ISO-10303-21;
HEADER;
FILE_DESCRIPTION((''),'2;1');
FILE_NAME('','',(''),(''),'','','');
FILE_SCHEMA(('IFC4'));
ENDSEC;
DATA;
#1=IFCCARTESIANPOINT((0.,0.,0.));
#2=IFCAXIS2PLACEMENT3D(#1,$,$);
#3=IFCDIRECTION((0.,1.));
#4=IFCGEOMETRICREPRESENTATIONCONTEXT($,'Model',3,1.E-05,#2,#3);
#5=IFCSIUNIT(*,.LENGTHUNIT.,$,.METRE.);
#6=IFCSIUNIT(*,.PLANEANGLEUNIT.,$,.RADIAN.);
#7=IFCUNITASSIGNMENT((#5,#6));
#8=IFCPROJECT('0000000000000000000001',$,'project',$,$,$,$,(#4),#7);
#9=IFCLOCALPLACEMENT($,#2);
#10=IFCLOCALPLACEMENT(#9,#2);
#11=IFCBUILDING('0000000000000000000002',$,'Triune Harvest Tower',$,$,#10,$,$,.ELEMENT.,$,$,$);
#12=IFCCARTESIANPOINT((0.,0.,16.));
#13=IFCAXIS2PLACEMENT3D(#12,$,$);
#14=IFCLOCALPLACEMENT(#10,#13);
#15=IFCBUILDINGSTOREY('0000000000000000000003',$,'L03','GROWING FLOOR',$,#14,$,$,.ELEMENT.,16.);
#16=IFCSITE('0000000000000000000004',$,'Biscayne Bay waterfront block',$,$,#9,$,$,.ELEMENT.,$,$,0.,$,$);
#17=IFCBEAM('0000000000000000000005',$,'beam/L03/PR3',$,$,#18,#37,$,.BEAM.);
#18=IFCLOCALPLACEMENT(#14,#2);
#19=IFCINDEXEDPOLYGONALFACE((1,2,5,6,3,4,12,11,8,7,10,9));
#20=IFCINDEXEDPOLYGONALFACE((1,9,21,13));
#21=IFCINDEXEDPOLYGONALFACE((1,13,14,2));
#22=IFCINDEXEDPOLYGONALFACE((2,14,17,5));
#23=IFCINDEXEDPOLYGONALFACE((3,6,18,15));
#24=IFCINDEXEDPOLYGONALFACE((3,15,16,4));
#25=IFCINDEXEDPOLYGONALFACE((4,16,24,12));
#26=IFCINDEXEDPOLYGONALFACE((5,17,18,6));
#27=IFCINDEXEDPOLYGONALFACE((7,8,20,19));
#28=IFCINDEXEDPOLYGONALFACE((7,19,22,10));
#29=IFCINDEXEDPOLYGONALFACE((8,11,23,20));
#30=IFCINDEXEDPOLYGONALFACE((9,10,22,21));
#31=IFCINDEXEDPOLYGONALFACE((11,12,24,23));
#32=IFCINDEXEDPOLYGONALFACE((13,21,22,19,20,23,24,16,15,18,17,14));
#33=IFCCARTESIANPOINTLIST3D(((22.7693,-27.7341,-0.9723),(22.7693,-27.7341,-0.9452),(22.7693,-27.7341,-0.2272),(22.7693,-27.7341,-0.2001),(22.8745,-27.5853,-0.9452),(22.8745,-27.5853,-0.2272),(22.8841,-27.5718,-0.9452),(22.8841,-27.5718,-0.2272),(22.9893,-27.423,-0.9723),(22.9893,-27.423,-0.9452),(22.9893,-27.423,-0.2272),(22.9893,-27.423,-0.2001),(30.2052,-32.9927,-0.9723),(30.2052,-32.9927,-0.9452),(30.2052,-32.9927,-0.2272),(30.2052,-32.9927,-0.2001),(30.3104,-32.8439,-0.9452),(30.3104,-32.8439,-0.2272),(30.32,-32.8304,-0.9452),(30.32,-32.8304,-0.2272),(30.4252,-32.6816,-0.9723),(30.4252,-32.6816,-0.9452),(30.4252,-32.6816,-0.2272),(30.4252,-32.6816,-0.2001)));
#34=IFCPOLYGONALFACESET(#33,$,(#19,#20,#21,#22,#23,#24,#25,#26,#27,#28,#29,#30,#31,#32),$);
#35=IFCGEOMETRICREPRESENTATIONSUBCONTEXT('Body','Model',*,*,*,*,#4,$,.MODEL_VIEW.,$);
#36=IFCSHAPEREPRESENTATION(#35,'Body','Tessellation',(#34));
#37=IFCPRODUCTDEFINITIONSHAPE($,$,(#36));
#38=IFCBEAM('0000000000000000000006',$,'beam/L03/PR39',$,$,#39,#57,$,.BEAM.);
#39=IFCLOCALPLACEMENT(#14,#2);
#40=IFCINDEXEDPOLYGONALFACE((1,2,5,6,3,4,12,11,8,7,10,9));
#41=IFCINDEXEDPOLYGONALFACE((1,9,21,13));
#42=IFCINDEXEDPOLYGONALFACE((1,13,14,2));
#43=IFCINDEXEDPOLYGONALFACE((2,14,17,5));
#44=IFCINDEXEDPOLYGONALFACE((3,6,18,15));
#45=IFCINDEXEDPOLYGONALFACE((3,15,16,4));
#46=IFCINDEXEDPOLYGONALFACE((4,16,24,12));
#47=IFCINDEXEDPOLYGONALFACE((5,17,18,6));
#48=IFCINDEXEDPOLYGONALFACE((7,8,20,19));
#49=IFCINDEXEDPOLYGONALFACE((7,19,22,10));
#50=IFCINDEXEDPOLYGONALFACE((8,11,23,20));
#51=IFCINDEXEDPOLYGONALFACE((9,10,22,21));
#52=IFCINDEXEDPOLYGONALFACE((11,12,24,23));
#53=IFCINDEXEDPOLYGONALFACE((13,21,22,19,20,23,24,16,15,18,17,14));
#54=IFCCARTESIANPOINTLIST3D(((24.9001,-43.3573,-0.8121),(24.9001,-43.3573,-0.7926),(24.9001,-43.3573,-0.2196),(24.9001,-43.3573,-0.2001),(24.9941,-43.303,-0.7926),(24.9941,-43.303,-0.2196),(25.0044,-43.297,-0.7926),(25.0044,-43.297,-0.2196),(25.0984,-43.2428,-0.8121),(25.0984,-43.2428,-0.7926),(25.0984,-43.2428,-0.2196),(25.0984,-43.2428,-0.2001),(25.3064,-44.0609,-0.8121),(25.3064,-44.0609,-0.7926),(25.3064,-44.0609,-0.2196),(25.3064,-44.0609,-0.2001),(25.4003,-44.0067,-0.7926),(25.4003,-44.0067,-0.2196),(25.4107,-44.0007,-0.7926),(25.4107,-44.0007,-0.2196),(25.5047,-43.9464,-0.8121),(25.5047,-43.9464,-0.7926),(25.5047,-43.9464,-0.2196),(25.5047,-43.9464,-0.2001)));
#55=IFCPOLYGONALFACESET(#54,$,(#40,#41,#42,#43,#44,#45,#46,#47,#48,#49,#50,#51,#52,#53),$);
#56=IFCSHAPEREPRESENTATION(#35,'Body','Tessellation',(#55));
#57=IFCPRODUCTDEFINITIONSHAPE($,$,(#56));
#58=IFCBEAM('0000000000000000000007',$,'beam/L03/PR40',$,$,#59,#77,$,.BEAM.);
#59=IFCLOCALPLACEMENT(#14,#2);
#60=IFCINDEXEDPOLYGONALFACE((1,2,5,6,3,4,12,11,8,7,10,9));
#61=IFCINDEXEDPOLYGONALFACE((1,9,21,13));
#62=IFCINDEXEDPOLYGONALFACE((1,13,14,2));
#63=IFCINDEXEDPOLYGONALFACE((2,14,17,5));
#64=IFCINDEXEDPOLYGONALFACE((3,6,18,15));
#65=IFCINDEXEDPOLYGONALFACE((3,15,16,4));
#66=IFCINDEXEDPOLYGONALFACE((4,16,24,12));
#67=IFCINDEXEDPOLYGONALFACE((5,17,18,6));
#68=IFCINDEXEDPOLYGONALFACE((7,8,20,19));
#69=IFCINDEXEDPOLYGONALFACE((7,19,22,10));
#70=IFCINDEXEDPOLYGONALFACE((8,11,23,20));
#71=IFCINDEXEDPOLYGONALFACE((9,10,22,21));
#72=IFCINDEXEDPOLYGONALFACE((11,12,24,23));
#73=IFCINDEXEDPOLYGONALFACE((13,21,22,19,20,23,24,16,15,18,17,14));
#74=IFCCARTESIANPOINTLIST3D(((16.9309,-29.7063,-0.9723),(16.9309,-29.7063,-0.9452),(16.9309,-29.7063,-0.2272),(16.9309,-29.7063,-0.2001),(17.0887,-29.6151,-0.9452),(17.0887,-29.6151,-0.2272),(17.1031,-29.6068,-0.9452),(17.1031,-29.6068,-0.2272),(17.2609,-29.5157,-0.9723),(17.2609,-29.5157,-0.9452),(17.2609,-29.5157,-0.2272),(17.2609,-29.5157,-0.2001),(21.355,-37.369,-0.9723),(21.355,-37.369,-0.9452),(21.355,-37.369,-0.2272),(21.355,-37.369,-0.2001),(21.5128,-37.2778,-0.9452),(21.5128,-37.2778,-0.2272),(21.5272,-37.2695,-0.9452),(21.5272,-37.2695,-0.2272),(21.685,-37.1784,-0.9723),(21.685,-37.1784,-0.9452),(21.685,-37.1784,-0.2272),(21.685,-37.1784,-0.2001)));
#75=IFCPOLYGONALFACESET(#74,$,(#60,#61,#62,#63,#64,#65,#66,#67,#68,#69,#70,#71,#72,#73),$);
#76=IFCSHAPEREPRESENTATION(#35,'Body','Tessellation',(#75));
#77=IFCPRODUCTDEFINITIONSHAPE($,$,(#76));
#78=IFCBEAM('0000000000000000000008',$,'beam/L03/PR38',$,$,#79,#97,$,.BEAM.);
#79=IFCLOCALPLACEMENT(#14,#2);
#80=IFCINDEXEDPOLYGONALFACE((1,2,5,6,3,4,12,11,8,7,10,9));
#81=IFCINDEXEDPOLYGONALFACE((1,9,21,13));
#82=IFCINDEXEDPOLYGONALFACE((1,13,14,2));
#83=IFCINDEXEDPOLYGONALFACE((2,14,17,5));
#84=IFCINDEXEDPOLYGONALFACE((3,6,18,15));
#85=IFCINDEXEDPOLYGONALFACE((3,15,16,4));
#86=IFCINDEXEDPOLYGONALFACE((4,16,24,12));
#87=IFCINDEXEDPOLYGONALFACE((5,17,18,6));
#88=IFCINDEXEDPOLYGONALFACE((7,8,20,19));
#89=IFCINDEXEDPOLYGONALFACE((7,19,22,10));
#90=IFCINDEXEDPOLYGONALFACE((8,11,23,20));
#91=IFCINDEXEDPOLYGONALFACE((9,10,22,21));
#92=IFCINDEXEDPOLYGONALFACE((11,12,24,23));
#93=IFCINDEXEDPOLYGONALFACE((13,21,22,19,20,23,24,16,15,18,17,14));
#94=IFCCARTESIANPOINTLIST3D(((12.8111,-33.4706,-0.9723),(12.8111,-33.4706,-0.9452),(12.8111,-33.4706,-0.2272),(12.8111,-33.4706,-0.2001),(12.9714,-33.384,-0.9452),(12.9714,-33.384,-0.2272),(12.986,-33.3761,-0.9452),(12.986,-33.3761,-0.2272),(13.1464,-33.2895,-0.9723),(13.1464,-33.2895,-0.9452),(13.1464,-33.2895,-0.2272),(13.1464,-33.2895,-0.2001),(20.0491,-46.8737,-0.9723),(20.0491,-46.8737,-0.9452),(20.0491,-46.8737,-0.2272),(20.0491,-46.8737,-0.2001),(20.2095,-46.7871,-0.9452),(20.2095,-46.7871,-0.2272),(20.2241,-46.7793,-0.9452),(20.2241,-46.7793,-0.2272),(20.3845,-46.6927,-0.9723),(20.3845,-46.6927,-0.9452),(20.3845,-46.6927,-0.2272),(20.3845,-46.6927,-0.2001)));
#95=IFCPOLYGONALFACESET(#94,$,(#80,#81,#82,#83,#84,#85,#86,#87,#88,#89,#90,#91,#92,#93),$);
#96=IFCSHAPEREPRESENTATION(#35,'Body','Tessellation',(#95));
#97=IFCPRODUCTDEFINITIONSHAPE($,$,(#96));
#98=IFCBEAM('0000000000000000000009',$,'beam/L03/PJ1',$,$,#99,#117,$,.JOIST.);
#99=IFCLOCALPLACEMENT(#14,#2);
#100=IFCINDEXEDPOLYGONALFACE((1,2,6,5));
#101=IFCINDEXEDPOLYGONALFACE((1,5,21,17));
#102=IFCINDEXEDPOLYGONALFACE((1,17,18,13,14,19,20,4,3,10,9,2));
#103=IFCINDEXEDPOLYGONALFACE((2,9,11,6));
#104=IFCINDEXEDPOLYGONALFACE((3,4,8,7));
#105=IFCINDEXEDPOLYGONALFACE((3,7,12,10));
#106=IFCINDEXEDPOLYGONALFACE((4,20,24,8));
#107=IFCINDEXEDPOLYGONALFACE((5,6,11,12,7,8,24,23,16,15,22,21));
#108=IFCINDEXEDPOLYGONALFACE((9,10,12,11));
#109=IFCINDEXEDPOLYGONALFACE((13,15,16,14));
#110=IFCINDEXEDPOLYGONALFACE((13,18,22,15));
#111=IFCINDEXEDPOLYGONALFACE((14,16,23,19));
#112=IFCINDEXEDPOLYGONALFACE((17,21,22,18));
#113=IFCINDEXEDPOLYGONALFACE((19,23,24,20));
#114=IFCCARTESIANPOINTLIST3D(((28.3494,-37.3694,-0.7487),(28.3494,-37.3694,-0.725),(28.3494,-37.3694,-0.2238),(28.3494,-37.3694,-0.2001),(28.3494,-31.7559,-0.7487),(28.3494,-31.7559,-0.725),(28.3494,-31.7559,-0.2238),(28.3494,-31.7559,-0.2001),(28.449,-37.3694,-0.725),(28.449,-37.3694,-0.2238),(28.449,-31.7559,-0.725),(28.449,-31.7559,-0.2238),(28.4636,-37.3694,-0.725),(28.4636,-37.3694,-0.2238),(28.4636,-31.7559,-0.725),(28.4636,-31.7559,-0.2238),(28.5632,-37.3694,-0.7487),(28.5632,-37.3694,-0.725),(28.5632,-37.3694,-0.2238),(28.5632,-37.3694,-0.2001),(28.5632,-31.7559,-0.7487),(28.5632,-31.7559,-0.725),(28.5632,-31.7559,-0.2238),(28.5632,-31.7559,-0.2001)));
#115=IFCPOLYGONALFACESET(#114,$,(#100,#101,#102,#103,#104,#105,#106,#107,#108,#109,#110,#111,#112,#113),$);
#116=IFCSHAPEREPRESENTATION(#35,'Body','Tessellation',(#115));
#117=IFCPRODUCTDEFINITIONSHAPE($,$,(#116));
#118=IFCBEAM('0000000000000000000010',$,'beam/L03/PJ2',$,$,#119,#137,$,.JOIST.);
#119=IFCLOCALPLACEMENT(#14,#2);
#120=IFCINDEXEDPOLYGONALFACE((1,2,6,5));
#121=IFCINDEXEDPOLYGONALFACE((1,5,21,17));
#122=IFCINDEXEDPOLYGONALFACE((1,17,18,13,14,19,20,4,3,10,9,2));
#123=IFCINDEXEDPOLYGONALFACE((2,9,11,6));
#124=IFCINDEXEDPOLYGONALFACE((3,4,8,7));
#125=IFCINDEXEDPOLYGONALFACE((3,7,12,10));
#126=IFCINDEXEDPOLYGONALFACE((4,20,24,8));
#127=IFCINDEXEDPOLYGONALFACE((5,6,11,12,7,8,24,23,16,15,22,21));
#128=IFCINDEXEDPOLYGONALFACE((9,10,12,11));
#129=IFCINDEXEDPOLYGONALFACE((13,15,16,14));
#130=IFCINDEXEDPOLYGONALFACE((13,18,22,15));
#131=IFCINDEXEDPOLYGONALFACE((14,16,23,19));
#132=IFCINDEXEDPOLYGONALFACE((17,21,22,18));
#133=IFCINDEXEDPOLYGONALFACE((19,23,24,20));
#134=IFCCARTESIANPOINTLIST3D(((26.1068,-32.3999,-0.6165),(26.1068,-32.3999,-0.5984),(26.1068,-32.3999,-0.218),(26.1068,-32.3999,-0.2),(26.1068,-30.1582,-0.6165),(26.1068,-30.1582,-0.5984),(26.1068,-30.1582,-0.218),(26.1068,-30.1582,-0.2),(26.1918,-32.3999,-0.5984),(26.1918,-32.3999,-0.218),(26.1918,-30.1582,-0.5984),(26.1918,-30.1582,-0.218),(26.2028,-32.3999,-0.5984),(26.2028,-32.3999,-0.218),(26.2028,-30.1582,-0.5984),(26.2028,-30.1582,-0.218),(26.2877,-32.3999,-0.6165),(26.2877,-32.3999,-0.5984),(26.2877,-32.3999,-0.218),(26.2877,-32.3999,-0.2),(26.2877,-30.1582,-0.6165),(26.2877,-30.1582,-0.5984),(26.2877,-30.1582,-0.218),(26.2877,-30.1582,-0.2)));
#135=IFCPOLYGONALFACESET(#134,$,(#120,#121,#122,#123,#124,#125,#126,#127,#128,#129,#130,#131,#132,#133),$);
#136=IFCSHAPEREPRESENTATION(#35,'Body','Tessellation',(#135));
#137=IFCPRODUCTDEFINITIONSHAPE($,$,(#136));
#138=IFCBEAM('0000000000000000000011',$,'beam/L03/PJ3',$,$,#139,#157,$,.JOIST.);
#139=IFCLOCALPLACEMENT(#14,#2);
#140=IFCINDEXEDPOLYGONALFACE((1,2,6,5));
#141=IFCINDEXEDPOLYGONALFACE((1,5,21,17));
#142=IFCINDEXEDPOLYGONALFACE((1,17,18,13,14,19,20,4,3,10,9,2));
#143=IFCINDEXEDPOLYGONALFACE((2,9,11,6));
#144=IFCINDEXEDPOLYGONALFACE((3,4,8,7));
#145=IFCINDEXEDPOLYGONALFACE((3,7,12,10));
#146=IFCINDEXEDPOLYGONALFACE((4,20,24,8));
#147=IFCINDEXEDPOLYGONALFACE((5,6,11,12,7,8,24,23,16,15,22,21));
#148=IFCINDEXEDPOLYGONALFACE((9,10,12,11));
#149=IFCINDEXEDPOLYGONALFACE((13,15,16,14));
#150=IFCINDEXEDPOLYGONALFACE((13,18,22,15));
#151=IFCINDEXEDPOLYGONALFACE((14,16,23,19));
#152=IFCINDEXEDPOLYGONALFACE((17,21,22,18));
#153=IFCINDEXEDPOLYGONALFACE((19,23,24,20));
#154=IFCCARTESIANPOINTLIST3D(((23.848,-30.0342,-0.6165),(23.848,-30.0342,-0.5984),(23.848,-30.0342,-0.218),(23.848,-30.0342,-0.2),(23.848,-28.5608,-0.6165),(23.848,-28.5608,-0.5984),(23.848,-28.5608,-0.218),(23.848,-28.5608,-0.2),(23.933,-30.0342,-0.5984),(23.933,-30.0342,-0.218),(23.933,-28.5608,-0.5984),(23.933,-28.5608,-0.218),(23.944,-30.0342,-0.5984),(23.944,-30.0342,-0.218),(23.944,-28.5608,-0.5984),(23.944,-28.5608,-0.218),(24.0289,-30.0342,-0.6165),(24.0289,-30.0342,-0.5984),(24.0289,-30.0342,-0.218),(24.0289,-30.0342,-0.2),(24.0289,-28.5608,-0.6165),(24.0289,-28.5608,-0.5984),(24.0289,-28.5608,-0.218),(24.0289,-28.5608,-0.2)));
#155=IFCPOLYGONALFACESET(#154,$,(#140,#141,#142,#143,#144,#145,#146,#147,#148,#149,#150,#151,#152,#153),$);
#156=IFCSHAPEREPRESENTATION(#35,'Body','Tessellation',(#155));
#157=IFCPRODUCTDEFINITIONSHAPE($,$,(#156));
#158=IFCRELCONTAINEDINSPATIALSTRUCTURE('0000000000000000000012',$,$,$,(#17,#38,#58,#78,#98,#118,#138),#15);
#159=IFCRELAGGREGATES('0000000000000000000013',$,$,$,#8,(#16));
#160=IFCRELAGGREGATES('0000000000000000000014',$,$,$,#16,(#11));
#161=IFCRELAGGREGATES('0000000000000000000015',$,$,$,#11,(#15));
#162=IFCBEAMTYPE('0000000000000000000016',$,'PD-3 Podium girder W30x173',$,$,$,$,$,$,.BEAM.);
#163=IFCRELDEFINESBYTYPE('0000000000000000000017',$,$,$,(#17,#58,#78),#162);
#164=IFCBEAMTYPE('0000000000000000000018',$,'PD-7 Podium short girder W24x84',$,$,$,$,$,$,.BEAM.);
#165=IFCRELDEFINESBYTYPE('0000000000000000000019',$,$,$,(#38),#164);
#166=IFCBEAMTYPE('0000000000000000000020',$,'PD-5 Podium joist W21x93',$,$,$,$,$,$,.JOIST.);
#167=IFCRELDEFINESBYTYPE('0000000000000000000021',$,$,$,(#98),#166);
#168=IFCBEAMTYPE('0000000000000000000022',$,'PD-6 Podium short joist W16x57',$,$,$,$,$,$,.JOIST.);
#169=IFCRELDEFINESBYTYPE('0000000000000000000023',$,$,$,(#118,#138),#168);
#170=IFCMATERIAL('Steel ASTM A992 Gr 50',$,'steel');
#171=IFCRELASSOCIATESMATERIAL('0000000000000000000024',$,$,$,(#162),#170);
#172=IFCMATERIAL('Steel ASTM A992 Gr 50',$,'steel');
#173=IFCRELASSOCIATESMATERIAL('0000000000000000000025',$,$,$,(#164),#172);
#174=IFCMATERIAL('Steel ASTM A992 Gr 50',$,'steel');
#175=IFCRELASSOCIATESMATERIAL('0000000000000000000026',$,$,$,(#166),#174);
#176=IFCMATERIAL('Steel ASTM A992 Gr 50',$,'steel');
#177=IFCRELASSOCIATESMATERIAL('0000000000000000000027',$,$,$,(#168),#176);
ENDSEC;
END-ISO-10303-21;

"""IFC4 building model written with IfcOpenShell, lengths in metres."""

from ifc_helpers import new_model, si_unit, direction, frame, origin, origin_2d, place, context, subcontext, project, spatial, i_section, extrude, source, transform, mapped, material, material_profile, profile_set, type_object, element, save


model = new_model("IFC4")

# Units and contexts
model_context = context("Model", 3, precision=1e-05, world=origin(), true_north=direction((0.0, 1.0)))
body_context = subcontext(model_context, "Body", "Model", "MODEL_VIEW")
ifc_project = project(units=[si_unit("LENGTHUNIT", "METRE"), si_unit("PLANEANGLEUNIT", "RADIAN")], contexts=[model_context])

# Site, building, storey
site_placement = place(None, origin())
site = spatial("IfcSite", under=ifc_project, at=site_placement, Name="Biscayne Bay waterfront block", CompositionType="ELEMENT", RefElevation=0.0)
building_placement = place(site_placement, origin())
building = spatial("IfcBuilding", under=site, at=building_placement, Name="Triune Harvest Tower", CompositionType="ELEMENT")
storey_placement = place(building_placement, frame((0.0, 0.0, 16.0)))
storey = spatial("IfcBuildingStorey", under=building, at=storey_placement, Name="L03", Description="GROWING FLOOR", CompositionType="ELEMENT", Elevation=16.0)

# Beams
ifc_material_1 = material(Name="Steel ASTM A992 Gr 50", Category="steel")
ifc_material_profile_1 = material_profile(ifc_material_1, i_section(OverallWidth=0.3811, OverallDepth=0.7722, WebThickness=0.0166, FlangeThickness=0.0271, at=origin_2d()), Name="W30x173")
ifc_profile_set_1 = profile_set([ifc_material_profile_1], Name="Steel ASTM A992 Gr 50")
beam_type_1 = type_object("IfcBeamType", Name="PD-3 Podium girder W30x173", PredefinedType="BEAM", material=ifc_profile_set_1)
shared_shape_1 = source(origin(), body_context, "Body", "SweptSolid", [
    extrude(i_section(OverallWidth=0.3811, OverallDepth=0.7722, WebThickness=0.0166, FlangeThickness=0.0271, at=origin_2d()), origin(), (0.0, 0.0, 1.0), 9.1074),
])
beam_1_placement = place(storey_placement, frame((30.3152, -32.8372, -0.5862), z_axis=(-0.816463, 0.577398, 0.0), x_axis=(-0.577398, -0.816463, 0.0)))
element("IfcBeam", 1, at=beam_1_placement, inside=storey, type_object=beam_type_1, Name="beam/L03/PR3", PredefinedType="BEAM", context=body_context, shape_type="MappedRepresentation", body=[
    mapped(shared_shape_1, transform((0.0, 0.0, 0.0), scale=1.0)),
])
ifc_material_2 = material(Name="Steel ASTM A992 Gr 50", Category="steel")
ifc_material_profile_2 = material_profile(ifc_material_2, i_section(OverallWidth=0.229, OverallDepth=0.6121, WebThickness=0.012, FlangeThickness=0.0195, at=origin_2d()), Name="W24x84")
ifc_profile_set_2 = profile_set([ifc_material_profile_2], Name="Steel ASTM A992 Gr 50")
beam_type_2 = type_object("IfcBeamType", Name="PD-7 Podium short girder W24x84", PredefinedType="BEAM", material=ifc_profile_set_2)
shared_shape_2 = source(origin(), body_context, "Body", "SweptSolid", [
    extrude(i_section(OverallWidth=0.229, OverallDepth=0.6121, WebThickness=0.012, FlangeThickness=0.0195, at=origin_2d()), origin(), (0.0, 0.0, 1.0), 0.8125),
])
beam_2_placement = place(storey_placement, frame((25.4055, -44.0037, -0.5061), z_axis=(-0.500017, 0.866015, 0.0), x_axis=(-0.866015, -0.500017, 0.0)))
element("IfcBeam", 2, at=beam_2_placement, inside=storey, type_object=beam_type_2, Name="beam/L03/PR39", PredefinedType="BEAM", context=body_context, shape_type="MappedRepresentation", body=[
    mapped(shared_shape_2, transform((0.0, 0.0, 0.0), scale=1.0)),
])
shared_shape_3 = source(origin(), body_context, "Body", "SweptSolid", [
    extrude(i_section(OverallWidth=0.3811, OverallDepth=0.7722, WebThickness=0.0166, FlangeThickness=0.0271, at=origin_2d()), origin(), (0.0, 0.0, 1.0), 8.8481),
])
beam_3_placement = place(storey_placement, frame((21.52, -37.2737, -0.5862), z_axis=(-0.500006, 0.866022, 0.0), x_axis=(-0.866022, -0.500006, 0.0)))
element("IfcBeam", 3, at=beam_3_placement, inside=storey, type_object=beam_type_1, Name="beam/L03/PR40", PredefinedType="BEAM", context=body_context, shape_type="MappedRepresentation", body=[
    mapped(shared_shape_3, transform((0.0, 0.0, 0.0), scale=1.0)),
])
shared_shape_4 = source(origin(), body_context, "Body", "SweptSolid", [
    extrude(i_section(OverallWidth=0.3811, OverallDepth=0.7722, WebThickness=0.0166, FlangeThickness=0.0271, at=origin_2d()), origin(), (0.0, 0.0, 1.0), 15.2327),
])
beam_4_placement = place(storey_placement, frame((20.2168, -46.7832, -0.5862), z_axis=(-0.475168, 0.879895, 0.0), x_axis=(-0.879895, -0.475168, 0.0)))
element("IfcBeam", 4, at=beam_4_placement, inside=storey, type_object=beam_type_1, Name="beam/L03/PR38", PredefinedType="BEAM", context=body_context, shape_type="MappedRepresentation", body=[
    mapped(shared_shape_4, transform((0.0, 0.0, 0.0), scale=1.0)),
])
ifc_material_3 = material(Name="Steel ASTM A992 Gr 50", Category="steel")
ifc_material_profile_3 = material_profile(ifc_material_3, i_section(OverallWidth=0.2139, OverallDepth=0.5486, WebThickness=0.0146, FlangeThickness=0.0237, at=origin_2d()), Name="W21x93")
ifc_profile_set_3 = profile_set([ifc_material_profile_3], Name="Steel ASTM A992 Gr 50")
beam_type_3 = type_object("IfcBeamType", Name="PD-5 Podium joist W21x93", PredefinedType="JOIST", material=ifc_profile_set_3)
shared_shape_5 = source(origin(), body_context, "Body", "SweptSolid", [
    extrude(i_section(OverallWidth=0.2139, OverallDepth=0.5486, WebThickness=0.0146, FlangeThickness=0.0237, at=origin_2d()), origin(), (0.0, 0.0, 1.0), 5.6135),
])
beam_5_placement = place(storey_placement, frame((28.4563, -37.3694, -0.4744), z_axis=(0.0, 1.0, 0.0), x_axis=(-1.0, 0.0, 0.0)))
element("IfcBeam", 5, at=beam_5_placement, inside=storey, type_object=beam_type_3, Name="beam/L03/PJ1", PredefinedType="JOIST", context=body_context, shape_type="MappedRepresentation", body=[
    mapped(shared_shape_5, transform((0.0, 0.0, 0.0), scale=1.0)),
])
ifc_material_4 = material(Name="Steel ASTM A992 Gr 50", Category="steel")
ifc_material_profile_4 = material_profile(ifc_material_4, i_section(OverallWidth=0.1809, OverallDepth=0.4165, WebThickness=0.011, FlangeThickness=0.0181, at=origin_2d()), Name="W16x57")
ifc_profile_set_4 = profile_set([ifc_material_profile_4], Name="Steel ASTM A992 Gr 50")
beam_type_4 = type_object("IfcBeamType", Name="PD-6 Podium short joist W16x57", PredefinedType="JOIST", material=ifc_profile_set_4)
shared_shape_6 = source(origin(), body_context, "Body", "SweptSolid", [
    extrude(i_section(OverallWidth=0.1809, OverallDepth=0.4165, WebThickness=0.011, FlangeThickness=0.0181, at=origin_2d()), origin(), (0.0, 0.0, 1.0), 2.2417),
])
beam_6_placement = place(storey_placement, frame((26.1973, -32.3999, -0.4082), z_axis=(0.0, 1.0, 0.0), x_axis=(-1.0, 0.0, 0.0)))
element("IfcBeam", 6, at=beam_6_placement, inside=storey, type_object=beam_type_4, Name="beam/L03/PJ2", PredefinedType="JOIST", context=body_context, shape_type="MappedRepresentation", body=[
    mapped(shared_shape_6, transform((0.0, 0.0, 0.0), scale=1.0)),
])
shared_shape_7 = source(origin(), body_context, "Body", "SweptSolid", [
    extrude(i_section(OverallWidth=0.1809, OverallDepth=0.4165, WebThickness=0.011, FlangeThickness=0.0181, at=origin_2d()), origin(), (0.0, 0.0, 1.0), 1.4734),
])
beam_7_placement = place(storey_placement, frame((23.9385, -30.0342, -0.4082), z_axis=(0.0, 1.0, 0.0), x_axis=(-1.0, 0.0, 0.0)))
element("IfcBeam", 7, at=beam_7_placement, inside=storey, type_object=beam_type_4, Name="beam/L03/PJ3", PredefinedType="JOIST", context=body_context, shape_type="MappedRepresentation", body=[
    mapped(shared_shape_7, transform((0.0, 0.0, 0.0), scale=1.0)),
])

save(model, "model.ifc")
